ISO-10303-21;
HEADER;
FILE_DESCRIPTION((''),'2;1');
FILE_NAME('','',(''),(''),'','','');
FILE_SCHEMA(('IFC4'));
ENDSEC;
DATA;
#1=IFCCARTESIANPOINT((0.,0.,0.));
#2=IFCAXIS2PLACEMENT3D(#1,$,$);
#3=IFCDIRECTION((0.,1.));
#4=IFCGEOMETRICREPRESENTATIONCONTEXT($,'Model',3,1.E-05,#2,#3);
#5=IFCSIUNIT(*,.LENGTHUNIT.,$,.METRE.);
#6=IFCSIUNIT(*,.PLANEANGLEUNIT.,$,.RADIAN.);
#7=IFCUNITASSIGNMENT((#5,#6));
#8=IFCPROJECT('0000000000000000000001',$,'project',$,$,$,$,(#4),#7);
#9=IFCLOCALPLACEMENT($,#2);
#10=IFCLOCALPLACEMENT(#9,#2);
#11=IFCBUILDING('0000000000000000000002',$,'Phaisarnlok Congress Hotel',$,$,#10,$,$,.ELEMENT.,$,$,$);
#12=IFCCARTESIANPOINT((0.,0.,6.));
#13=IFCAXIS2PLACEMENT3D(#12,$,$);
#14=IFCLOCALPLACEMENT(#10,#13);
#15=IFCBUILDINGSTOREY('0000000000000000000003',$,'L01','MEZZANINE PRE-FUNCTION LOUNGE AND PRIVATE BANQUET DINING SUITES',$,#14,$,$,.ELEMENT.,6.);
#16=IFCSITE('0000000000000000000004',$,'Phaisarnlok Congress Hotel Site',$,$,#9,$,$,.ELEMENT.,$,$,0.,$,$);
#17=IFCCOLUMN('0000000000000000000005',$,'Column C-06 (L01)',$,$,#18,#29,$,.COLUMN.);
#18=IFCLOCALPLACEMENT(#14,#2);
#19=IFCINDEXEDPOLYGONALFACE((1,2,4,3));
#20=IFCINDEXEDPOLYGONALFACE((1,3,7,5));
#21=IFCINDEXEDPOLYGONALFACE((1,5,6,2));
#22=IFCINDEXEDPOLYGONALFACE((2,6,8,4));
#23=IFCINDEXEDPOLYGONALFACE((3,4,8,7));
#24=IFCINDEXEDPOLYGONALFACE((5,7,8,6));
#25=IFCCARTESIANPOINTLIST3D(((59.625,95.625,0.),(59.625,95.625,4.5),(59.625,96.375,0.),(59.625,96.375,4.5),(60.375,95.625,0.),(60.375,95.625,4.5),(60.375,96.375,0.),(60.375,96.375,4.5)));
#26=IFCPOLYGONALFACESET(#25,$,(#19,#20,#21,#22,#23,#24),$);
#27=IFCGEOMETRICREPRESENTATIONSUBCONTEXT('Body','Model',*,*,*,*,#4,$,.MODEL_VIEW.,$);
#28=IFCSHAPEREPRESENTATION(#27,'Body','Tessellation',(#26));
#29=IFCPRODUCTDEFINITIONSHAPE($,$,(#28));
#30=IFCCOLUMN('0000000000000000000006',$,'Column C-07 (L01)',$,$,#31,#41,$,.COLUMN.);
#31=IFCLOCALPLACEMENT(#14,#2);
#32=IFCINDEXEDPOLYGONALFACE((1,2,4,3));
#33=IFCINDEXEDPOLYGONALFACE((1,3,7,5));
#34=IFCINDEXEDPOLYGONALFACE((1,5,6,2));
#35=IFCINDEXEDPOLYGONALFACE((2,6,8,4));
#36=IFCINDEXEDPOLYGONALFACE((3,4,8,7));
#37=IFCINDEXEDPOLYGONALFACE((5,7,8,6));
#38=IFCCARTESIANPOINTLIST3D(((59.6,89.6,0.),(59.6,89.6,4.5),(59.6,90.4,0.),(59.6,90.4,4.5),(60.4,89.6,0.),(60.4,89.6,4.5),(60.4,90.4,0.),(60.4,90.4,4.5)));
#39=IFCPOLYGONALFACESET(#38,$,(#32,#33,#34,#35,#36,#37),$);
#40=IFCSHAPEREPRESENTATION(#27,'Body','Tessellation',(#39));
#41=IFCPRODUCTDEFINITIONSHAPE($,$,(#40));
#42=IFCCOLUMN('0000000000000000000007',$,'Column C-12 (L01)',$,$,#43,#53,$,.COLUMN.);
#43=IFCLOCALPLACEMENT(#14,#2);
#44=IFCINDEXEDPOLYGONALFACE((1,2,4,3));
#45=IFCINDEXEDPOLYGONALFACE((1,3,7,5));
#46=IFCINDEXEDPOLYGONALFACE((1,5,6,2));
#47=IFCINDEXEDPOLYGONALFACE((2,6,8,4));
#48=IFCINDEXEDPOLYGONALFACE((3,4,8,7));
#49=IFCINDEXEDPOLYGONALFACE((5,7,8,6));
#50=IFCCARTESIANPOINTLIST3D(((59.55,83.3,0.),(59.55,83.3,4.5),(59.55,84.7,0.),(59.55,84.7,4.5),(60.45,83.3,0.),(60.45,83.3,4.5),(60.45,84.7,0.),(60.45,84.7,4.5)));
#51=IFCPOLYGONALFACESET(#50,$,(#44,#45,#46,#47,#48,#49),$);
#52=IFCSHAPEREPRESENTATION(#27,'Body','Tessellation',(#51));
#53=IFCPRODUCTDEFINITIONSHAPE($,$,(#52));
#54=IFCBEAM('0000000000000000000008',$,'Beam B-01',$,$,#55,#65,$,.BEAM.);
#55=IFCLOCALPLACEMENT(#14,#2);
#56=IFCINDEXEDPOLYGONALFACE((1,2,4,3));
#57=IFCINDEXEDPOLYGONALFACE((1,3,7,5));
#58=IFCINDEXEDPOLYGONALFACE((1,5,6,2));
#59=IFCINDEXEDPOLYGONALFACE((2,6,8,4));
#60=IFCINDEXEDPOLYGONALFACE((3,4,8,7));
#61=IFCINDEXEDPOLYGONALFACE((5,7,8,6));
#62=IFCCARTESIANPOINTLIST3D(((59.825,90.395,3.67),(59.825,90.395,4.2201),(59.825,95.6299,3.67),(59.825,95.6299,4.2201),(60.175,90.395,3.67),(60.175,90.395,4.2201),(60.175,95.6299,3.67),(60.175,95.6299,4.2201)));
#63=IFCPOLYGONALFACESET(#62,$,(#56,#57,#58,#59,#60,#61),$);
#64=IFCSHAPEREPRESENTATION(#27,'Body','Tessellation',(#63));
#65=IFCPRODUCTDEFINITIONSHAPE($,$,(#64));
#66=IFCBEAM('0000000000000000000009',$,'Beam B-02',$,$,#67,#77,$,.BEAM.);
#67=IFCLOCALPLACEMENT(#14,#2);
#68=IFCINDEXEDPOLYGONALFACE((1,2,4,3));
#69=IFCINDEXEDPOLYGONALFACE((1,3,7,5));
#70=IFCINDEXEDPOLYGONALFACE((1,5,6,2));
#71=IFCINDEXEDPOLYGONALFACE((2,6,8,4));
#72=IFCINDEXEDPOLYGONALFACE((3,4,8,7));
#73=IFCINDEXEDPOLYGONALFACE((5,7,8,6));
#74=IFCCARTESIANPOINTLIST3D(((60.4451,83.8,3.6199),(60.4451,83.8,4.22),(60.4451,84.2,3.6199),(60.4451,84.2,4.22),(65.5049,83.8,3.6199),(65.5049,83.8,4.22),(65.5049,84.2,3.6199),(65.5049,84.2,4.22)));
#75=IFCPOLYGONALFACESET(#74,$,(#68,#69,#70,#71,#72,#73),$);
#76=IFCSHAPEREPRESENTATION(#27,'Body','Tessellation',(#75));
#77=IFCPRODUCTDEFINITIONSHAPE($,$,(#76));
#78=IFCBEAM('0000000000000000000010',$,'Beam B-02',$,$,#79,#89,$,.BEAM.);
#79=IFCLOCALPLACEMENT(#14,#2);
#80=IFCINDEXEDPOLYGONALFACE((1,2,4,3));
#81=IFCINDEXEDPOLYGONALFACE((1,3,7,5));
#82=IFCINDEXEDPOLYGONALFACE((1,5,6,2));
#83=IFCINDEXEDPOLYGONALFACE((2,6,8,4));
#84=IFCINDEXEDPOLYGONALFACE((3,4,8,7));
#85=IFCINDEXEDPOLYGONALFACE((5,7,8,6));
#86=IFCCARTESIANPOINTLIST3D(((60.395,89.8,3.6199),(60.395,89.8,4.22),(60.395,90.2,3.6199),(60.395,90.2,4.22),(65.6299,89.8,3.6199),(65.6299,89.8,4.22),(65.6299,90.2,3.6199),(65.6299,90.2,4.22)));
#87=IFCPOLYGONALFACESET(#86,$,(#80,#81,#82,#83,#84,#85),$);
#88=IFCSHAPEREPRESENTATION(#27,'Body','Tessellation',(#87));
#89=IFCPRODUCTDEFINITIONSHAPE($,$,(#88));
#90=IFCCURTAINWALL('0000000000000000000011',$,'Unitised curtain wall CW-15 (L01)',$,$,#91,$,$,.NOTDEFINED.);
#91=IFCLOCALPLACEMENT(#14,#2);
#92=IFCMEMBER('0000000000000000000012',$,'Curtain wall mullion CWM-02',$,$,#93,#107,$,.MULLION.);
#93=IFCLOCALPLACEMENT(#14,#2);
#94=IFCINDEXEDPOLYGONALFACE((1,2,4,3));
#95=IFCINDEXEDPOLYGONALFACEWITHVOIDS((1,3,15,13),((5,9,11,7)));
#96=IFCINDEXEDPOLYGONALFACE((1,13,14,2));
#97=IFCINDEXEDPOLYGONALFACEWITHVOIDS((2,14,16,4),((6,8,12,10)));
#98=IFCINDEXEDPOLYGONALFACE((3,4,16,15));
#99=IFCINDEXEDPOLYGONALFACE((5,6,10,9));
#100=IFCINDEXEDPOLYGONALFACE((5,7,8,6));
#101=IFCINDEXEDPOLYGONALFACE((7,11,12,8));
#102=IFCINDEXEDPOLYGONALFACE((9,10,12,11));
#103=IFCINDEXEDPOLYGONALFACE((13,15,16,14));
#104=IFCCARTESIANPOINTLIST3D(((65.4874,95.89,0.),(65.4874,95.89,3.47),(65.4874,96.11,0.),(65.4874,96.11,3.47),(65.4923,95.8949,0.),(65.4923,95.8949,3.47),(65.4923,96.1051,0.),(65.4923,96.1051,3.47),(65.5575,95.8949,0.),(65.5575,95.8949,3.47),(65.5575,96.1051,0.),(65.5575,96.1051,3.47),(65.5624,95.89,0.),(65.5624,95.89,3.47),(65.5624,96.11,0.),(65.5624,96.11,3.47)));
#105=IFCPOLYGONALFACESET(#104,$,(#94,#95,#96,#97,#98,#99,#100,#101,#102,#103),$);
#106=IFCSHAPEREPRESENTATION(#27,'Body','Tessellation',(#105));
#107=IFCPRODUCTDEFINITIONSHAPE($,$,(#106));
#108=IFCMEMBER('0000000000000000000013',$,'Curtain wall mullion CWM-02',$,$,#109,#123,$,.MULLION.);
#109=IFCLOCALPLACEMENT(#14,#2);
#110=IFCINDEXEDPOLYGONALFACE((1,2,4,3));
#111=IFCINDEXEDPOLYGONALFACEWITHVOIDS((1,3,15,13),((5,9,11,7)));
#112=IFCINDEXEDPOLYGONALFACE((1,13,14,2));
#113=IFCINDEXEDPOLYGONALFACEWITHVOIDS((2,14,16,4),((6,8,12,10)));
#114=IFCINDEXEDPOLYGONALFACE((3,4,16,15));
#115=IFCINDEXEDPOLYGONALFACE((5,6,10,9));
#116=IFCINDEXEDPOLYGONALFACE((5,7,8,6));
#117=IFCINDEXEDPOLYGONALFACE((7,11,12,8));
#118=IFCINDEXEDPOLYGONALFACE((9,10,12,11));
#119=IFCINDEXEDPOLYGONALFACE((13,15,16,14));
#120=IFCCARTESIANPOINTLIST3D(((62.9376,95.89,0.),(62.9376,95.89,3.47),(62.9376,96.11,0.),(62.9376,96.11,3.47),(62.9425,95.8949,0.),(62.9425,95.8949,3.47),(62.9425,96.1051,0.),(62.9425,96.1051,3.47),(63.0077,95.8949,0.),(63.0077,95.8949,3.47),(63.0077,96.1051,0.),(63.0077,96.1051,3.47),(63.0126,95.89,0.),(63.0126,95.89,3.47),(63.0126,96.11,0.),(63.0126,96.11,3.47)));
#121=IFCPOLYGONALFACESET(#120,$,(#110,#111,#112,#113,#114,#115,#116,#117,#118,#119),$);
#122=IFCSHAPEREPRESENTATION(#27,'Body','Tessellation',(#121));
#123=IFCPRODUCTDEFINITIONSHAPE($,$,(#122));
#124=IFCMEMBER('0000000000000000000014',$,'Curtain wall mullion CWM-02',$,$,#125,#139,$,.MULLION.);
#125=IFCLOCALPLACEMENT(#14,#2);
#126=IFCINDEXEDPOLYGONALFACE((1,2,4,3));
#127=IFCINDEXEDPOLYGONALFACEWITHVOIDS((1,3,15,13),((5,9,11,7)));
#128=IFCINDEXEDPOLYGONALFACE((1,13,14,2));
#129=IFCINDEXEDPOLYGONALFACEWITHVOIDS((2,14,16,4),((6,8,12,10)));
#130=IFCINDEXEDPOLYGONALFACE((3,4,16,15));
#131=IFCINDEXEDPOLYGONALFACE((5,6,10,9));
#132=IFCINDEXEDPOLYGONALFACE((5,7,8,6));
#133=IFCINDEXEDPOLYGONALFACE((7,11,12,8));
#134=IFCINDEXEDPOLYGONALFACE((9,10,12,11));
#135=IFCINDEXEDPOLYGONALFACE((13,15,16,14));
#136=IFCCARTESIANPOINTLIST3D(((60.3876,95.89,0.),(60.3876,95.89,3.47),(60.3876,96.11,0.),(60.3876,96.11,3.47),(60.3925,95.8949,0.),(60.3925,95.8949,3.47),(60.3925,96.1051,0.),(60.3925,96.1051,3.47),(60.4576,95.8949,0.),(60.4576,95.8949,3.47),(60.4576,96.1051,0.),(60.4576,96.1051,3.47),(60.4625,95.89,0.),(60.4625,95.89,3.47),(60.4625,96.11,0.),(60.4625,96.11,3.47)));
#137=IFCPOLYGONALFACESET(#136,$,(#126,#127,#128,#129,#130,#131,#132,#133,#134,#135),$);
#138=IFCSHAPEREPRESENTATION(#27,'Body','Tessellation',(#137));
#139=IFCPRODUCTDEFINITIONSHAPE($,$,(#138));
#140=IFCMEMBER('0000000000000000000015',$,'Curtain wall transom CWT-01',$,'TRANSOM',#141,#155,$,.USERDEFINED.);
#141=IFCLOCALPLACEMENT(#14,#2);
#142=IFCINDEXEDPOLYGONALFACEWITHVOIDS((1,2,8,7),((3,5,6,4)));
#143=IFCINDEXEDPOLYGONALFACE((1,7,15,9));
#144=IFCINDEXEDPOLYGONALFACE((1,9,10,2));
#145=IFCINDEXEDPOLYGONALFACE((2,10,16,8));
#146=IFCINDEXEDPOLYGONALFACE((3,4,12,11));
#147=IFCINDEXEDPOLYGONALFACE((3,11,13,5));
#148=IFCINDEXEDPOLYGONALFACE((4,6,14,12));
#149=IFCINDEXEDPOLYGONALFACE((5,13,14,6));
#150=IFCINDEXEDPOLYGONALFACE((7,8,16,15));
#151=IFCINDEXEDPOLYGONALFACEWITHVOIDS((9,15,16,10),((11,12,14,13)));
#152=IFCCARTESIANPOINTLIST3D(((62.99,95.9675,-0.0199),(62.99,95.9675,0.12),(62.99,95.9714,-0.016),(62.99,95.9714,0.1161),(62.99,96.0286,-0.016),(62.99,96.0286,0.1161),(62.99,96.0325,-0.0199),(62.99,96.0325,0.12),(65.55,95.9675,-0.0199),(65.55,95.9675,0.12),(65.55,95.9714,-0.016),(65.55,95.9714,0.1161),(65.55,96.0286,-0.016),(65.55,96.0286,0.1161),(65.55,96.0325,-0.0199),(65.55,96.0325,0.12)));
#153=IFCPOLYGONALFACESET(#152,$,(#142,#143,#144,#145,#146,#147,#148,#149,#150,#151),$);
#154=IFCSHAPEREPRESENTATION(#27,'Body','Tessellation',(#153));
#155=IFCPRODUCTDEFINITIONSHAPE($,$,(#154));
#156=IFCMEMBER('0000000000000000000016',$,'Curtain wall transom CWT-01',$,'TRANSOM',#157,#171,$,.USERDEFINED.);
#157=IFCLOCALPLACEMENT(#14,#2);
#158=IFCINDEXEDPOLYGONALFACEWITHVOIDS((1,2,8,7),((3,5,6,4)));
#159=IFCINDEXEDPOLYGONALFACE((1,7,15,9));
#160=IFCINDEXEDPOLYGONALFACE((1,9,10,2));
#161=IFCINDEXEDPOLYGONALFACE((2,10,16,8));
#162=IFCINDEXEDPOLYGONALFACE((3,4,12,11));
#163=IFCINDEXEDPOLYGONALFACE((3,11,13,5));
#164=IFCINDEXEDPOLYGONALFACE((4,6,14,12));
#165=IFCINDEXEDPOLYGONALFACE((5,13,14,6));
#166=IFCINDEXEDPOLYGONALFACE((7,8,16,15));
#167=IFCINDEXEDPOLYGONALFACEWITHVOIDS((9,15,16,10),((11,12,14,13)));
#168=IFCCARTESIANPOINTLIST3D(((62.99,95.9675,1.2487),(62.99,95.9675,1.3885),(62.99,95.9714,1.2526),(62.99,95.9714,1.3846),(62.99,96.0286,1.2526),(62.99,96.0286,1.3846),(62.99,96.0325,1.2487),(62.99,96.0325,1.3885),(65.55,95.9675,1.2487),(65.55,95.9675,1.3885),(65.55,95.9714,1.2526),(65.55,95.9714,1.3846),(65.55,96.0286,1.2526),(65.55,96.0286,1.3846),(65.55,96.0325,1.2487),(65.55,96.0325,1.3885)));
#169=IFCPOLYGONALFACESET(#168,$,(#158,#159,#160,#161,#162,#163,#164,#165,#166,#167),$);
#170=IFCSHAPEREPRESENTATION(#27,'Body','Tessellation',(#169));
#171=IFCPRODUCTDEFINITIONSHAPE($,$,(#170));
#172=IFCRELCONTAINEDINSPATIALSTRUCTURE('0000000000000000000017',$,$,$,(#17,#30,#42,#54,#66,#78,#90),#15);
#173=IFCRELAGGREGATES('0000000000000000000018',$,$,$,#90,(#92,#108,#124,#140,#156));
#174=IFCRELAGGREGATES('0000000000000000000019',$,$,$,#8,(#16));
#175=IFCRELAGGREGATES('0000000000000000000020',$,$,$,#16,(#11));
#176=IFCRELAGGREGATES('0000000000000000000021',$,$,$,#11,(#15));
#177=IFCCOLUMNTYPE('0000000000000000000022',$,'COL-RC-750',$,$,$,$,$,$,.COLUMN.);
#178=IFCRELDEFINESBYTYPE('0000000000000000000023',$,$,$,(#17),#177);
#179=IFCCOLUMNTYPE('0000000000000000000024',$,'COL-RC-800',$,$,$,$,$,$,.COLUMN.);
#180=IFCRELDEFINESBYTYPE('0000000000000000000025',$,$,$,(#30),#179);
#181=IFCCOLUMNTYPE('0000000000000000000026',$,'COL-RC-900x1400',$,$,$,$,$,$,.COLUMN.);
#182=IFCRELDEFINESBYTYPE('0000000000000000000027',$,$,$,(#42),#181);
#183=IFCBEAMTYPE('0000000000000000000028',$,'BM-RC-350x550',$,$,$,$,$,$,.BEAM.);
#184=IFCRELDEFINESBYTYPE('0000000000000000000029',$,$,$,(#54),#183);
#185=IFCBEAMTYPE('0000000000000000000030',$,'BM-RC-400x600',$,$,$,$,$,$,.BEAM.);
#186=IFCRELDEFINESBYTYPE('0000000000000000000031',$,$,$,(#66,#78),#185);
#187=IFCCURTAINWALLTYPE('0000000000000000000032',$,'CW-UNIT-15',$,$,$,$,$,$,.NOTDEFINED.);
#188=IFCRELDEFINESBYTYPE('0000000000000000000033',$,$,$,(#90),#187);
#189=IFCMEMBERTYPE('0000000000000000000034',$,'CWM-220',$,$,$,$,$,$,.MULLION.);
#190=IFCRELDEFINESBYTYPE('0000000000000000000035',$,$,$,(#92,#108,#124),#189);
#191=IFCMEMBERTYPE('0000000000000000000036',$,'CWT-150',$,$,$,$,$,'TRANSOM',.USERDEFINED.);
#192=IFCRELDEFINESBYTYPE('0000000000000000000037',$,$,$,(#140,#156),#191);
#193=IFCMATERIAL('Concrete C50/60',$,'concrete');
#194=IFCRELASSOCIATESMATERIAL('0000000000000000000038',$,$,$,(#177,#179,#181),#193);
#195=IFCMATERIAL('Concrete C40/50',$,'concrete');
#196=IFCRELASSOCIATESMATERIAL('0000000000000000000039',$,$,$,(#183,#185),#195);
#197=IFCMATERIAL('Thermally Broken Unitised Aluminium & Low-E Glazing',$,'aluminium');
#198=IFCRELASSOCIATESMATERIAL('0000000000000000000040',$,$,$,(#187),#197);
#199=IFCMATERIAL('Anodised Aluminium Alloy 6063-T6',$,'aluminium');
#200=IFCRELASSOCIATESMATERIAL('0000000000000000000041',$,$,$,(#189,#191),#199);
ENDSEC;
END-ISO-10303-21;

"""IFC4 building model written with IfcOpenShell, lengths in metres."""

from ifc_helpers import new_model, si_unit, direction, frame, origin, origin_2d, place, context, subcontext, project, spatial, rectangle, hollow_rectangle, extrude, material, material_profile, profile_set, type_object, element, aggregate, save


model = new_model("IFC4")

# Units and contexts
model_context = context("Model", 3, precision=1e-05, world=origin(), true_north=direction((0.0, 1.0)))
body_context = subcontext(model_context, "Body", "Model", "MODEL_VIEW")
ifc_project = project(units=[si_unit("LENGTHUNIT", "METRE"), si_unit("PLANEANGLEUNIT", "RADIAN")], contexts=[model_context])

# Site, building, storey
site_placement = place(None, origin())
site = spatial("IfcSite", under=ifc_project, at=site_placement, Name="Phaisarnlok Congress Hotel Site", CompositionType="ELEMENT", RefElevation=0.0)
building_placement = place(site_placement, origin())
building = spatial("IfcBuilding", under=site, at=building_placement, Name="Phaisarnlok Congress Hotel", CompositionType="ELEMENT")
storey_placement = place(building_placement, frame((0.0, 0.0, 6.0)))
storey = spatial("IfcBuildingStorey", under=building, at=storey_placement, Name="L01", Description="MEZZANINE PRE-FUNCTION LOUNGE AND PRIVATE BANQUET DINING SUITES", CompositionType="ELEMENT", Elevation=6.0)

# Columns
ifc_material_1 = material(Name="Concrete C50/60", Category="concrete")
ifc_material_profile_1 = material_profile(ifc_material_1, rectangle(XDim=0.75, YDim=0.75, at=origin_2d()), Name="RC 750x750")
ifc_profile_set_1 = profile_set([ifc_material_profile_1], Name="Concrete C50/60")
column_type_1 = type_object("IfcColumnType", Name="COL-RC-750", PredefinedType="COLUMN", material=ifc_profile_set_1)
column_1_placement = place(storey_placement, frame((60.0, 96.0, 0.0), z_axis=(0.0, 0.0, 1.0), x_axis=(1.0, 0.0, 0.0)))
element("IfcColumn", 1, at=column_1_placement, inside=storey, type_object=column_type_1, Name="Column C-06 (L01)", PredefinedType="COLUMN", context=body_context, shape_type="SweptSolid", body=[
    extrude(rectangle(XDim=0.75, YDim=0.75, at=origin_2d()), origin(), (0.0, 0.0, 1.0), 4.5),
])
ifc_material_profile_2 = material_profile(ifc_material_1, rectangle(XDim=0.8, YDim=0.8, at=origin_2d()), Name="RC 800x800")
ifc_profile_set_2 = profile_set([ifc_material_profile_2], Name="Concrete C50/60")
column_type_2 = type_object("IfcColumnType", Name="COL-RC-800", PredefinedType="COLUMN", material=ifc_profile_set_2)
column_2_placement = place(storey_placement, frame((60.0, 90.0, 0.0), z_axis=(0.0, 0.0, 1.0), x_axis=(1.0, 0.0, 0.0)))
element("IfcColumn", 2, at=column_2_placement, inside=storey, type_object=column_type_2, Name="Column C-07 (L01)", PredefinedType="COLUMN", context=body_context, shape_type="SweptSolid", body=[
    extrude(rectangle(XDim=0.8, YDim=0.8, at=origin_2d()), origin(), (0.0, 0.0, 1.0), 4.5),
])
ifc_material_profile_3 = material_profile(ifc_material_1, rectangle(XDim=0.8999, YDim=1.3999, at=origin_2d()), Name="RC 900x1400")
ifc_profile_set_3 = profile_set([ifc_material_profile_3], Name="Concrete C50/60")
column_type_3 = type_object("IfcColumnType", Name="COL-RC-900x1400", PredefinedType="COLUMN", material=ifc_profile_set_3)
column_3_placement = place(storey_placement, frame((60.0, 84.0, 0.0), z_axis=(0.0, 0.0, 1.0), x_axis=(1.0, 0.0, 0.0)))
element("IfcColumn", 3, at=column_3_placement, inside=storey, type_object=column_type_3, Name="Column C-12 (L01)", PredefinedType="COLUMN", context=body_context, shape_type="SweptSolid", body=[
    extrude(rectangle(XDim=0.8999, YDim=1.3999, at=origin_2d()), origin(), (0.0, 0.0, 1.0), 4.5),
])

# Beams
ifc_material_2 = material(Name="Concrete C40/50", Category="concrete")
ifc_material_profile_4 = material_profile(ifc_material_2, rectangle(XDim=0.3501, YDim=0.55, at=origin_2d()), Name="RC 350x550")
ifc_profile_set_4 = profile_set([ifc_material_profile_4], Name="Concrete C40/50")
beam_type_1 = type_object("IfcBeamType", Name="BM-RC-350x550", PredefinedType="BEAM", material=ifc_profile_set_4)
beam_1_placement = place(storey_placement, frame((60.0, 90.395, 3.9451), z_axis=(0.0, 1.0, 0.0), x_axis=(-1.0, 0.0, 0.0)))
element("IfcBeam", 4, at=beam_1_placement, inside=storey, type_object=beam_type_1, Name="Beam B-01", PredefinedType="BEAM", context=body_context, shape_type="SweptSolid", body=[
    extrude(rectangle(XDim=0.3501, YDim=0.55, at=origin_2d()), origin(), (0.0, 0.0, 1.0), 5.2349),
])
ifc_material_profile_5 = material_profile(ifc_material_2, rectangle(XDim=0.3999, YDim=0.6001, at=origin_2d()), Name="RC 400x600")
ifc_profile_set_5 = profile_set([ifc_material_profile_5], Name="Concrete C40/50")
beam_type_2 = type_object("IfcBeamType", Name="BM-RC-400x600", PredefinedType="BEAM", material=ifc_profile_set_5)
beam_2_placement = place(storey_placement, frame((60.4451, 84.0, 3.9199), z_axis=(1.0, 0.0, 0.0), x_axis=(0.0, 1.0, 0.0)))
element("IfcBeam", 5, at=beam_2_placement, inside=storey, type_object=beam_type_2, Name="Beam B-02", PredefinedType="BEAM", context=body_context, shape_type="SweptSolid", body=[
    extrude(rectangle(XDim=0.3999, YDim=0.6001, at=origin_2d()), origin(), (0.0, 0.0, 1.0), 5.0598),
])
beam_3_placement = place(storey_placement, frame((60.395, 90.0, 3.9199), z_axis=(1.0, 0.0, 0.0), x_axis=(0.0, 1.0, 0.0)))
element("IfcBeam", 6, at=beam_3_placement, inside=storey, type_object=beam_type_2, Name="Beam B-02", PredefinedType="BEAM", context=body_context, shape_type="SweptSolid", body=[
    extrude(rectangle(XDim=0.3999, YDim=0.6001, at=origin_2d()), origin(), (0.0, 0.0, 1.0), 5.2349),
])

# Curtain wall, members
ifc_material_3 = material(Name="Thermally Broken Unitised Aluminium & Low-E Glazing", Category="aluminium")
curtain_wall_type = type_object("IfcCurtainWallType", Name="CW-UNIT-15", PredefinedType="NOTDEFINED", material=ifc_material_3)
curtain_wall_placement = place(storey_placement, origin())
curtain_wall = element("IfcCurtainWall", 7, at=curtain_wall_placement, inside=storey, type_object=curtain_wall_type, Name="Unitised curtain wall CW-15 (L01)", PredefinedType="NOTDEFINED")
ifc_material_4 = material(Name="Anodised Aluminium Alloy 6063-T6", Category="aluminium")
ifc_material_profile_6 = material_profile(ifc_material_4, hollow_rectangle(XDim=0.075, YDim=0.22, WallThickness=0.0049, at=origin_2d()), Name="ALU-M 75x220x5")
ifc_profile_set_6 = profile_set([ifc_material_profile_6], Name="Anodised Aluminium Alloy 6063-T6")
member_type_1 = type_object("IfcMemberType", Name="CWM-220", PredefinedType="MULLION", material=ifc_profile_set_6)
member_1_placement = place(storey_placement, frame((65.5249, 96.0, 0.0), z_axis=(0.0, 0.0, 1.0), x_axis=(-1.0, 0.0, 0.0)))
member_1 = element("IfcMember", 8, at=member_1_placement, type_object=member_type_1, Name="Curtain wall mullion CWM-02", PredefinedType="MULLION", context=body_context, shape_type="SweptSolid", body=[
    extrude(hollow_rectangle(XDim=0.075, YDim=0.22, WallThickness=0.0049, at=origin_2d()), origin(), (0.0, 0.0, 1.0), 3.47),
])
member_2_placement = place(storey_placement, frame((62.9751, 96.0, 0.0), z_axis=(0.0, 0.0, 1.0), x_axis=(-1.0, 0.0, 0.0)))
member_2 = element("IfcMember", 9, at=member_2_placement, type_object=member_type_1, Name="Curtain wall mullion CWM-02", PredefinedType="MULLION", context=body_context, shape_type="SweptSolid", body=[
    extrude(hollow_rectangle(XDim=0.075, YDim=0.22, WallThickness=0.0049, at=origin_2d()), origin(), (0.0, 0.0, 1.0), 3.47),
])
member_3_placement = place(storey_placement, frame((60.425, 96.0, 0.0), z_axis=(0.0, 0.0, 1.0), x_axis=(-1.0, 0.0, 0.0)))
member_3 = element("IfcMember", 10, at=member_3_placement, type_object=member_type_1, Name="Curtain wall mullion CWM-02", PredefinedType="MULLION", context=body_context, shape_type="SweptSolid", body=[
    extrude(hollow_rectangle(XDim=0.075, YDim=0.22, WallThickness=0.0049, at=origin_2d()), origin(), (0.0, 0.0, 1.0), 3.47),
])
ifc_material_profile_7 = material_profile(ifc_material_4, hollow_rectangle(XDim=0.0649, YDim=0.1399, WallThickness=0.0039, at=origin_2d()), Name="ALU-T 65x140x4")
ifc_profile_set_7 = profile_set([ifc_material_profile_7], Name="Anodised Aluminium Alloy 6063-T6")
member_type_2 = type_object("IfcMemberType", Name="CWT-150", ElementType="TRANSOM", PredefinedType="USERDEFINED", material=ifc_profile_set_7)
member_4_placement = place(storey_placement, frame((65.55, 96.0, 0.05), z_axis=(-1.0, 0.0, 0.0), x_axis=(0.0, -1.0, 0.0)))
member_4 = element("IfcMember", 11, at=member_4_placement, type_object=member_type_2, Name="Curtain wall transom CWT-01", ObjectType="TRANSOM", PredefinedType="USERDEFINED", context=body_context, shape_type="SweptSolid", body=[
    extrude(hollow_rectangle(XDim=0.0649, YDim=0.1399, WallThickness=0.0039, at=origin_2d()), origin(), (0.0, 0.0, 1.0), 2.5601),
])
member_5_placement = place(storey_placement, frame((65.55, 96.0, 1.3186), z_axis=(-1.0, 0.0, 0.0), x_axis=(0.0, -1.0, 0.0)))
member_5 = element("IfcMember", 12, at=member_5_placement, type_object=member_type_2, Name="Curtain wall transom CWT-01", ObjectType="TRANSOM", PredefinedType="USERDEFINED", context=body_context, shape_type="SweptSolid", body=[
    extrude(hollow_rectangle(XDim=0.0649, YDim=0.1399, WallThickness=0.0039, at=origin_2d()), origin(), (0.0, 0.0, 1.0), 2.5601),
])

aggregate(curtain_wall, [member_1, member_2, member_3, member_4, member_5])

save(model, "model.ifc")
